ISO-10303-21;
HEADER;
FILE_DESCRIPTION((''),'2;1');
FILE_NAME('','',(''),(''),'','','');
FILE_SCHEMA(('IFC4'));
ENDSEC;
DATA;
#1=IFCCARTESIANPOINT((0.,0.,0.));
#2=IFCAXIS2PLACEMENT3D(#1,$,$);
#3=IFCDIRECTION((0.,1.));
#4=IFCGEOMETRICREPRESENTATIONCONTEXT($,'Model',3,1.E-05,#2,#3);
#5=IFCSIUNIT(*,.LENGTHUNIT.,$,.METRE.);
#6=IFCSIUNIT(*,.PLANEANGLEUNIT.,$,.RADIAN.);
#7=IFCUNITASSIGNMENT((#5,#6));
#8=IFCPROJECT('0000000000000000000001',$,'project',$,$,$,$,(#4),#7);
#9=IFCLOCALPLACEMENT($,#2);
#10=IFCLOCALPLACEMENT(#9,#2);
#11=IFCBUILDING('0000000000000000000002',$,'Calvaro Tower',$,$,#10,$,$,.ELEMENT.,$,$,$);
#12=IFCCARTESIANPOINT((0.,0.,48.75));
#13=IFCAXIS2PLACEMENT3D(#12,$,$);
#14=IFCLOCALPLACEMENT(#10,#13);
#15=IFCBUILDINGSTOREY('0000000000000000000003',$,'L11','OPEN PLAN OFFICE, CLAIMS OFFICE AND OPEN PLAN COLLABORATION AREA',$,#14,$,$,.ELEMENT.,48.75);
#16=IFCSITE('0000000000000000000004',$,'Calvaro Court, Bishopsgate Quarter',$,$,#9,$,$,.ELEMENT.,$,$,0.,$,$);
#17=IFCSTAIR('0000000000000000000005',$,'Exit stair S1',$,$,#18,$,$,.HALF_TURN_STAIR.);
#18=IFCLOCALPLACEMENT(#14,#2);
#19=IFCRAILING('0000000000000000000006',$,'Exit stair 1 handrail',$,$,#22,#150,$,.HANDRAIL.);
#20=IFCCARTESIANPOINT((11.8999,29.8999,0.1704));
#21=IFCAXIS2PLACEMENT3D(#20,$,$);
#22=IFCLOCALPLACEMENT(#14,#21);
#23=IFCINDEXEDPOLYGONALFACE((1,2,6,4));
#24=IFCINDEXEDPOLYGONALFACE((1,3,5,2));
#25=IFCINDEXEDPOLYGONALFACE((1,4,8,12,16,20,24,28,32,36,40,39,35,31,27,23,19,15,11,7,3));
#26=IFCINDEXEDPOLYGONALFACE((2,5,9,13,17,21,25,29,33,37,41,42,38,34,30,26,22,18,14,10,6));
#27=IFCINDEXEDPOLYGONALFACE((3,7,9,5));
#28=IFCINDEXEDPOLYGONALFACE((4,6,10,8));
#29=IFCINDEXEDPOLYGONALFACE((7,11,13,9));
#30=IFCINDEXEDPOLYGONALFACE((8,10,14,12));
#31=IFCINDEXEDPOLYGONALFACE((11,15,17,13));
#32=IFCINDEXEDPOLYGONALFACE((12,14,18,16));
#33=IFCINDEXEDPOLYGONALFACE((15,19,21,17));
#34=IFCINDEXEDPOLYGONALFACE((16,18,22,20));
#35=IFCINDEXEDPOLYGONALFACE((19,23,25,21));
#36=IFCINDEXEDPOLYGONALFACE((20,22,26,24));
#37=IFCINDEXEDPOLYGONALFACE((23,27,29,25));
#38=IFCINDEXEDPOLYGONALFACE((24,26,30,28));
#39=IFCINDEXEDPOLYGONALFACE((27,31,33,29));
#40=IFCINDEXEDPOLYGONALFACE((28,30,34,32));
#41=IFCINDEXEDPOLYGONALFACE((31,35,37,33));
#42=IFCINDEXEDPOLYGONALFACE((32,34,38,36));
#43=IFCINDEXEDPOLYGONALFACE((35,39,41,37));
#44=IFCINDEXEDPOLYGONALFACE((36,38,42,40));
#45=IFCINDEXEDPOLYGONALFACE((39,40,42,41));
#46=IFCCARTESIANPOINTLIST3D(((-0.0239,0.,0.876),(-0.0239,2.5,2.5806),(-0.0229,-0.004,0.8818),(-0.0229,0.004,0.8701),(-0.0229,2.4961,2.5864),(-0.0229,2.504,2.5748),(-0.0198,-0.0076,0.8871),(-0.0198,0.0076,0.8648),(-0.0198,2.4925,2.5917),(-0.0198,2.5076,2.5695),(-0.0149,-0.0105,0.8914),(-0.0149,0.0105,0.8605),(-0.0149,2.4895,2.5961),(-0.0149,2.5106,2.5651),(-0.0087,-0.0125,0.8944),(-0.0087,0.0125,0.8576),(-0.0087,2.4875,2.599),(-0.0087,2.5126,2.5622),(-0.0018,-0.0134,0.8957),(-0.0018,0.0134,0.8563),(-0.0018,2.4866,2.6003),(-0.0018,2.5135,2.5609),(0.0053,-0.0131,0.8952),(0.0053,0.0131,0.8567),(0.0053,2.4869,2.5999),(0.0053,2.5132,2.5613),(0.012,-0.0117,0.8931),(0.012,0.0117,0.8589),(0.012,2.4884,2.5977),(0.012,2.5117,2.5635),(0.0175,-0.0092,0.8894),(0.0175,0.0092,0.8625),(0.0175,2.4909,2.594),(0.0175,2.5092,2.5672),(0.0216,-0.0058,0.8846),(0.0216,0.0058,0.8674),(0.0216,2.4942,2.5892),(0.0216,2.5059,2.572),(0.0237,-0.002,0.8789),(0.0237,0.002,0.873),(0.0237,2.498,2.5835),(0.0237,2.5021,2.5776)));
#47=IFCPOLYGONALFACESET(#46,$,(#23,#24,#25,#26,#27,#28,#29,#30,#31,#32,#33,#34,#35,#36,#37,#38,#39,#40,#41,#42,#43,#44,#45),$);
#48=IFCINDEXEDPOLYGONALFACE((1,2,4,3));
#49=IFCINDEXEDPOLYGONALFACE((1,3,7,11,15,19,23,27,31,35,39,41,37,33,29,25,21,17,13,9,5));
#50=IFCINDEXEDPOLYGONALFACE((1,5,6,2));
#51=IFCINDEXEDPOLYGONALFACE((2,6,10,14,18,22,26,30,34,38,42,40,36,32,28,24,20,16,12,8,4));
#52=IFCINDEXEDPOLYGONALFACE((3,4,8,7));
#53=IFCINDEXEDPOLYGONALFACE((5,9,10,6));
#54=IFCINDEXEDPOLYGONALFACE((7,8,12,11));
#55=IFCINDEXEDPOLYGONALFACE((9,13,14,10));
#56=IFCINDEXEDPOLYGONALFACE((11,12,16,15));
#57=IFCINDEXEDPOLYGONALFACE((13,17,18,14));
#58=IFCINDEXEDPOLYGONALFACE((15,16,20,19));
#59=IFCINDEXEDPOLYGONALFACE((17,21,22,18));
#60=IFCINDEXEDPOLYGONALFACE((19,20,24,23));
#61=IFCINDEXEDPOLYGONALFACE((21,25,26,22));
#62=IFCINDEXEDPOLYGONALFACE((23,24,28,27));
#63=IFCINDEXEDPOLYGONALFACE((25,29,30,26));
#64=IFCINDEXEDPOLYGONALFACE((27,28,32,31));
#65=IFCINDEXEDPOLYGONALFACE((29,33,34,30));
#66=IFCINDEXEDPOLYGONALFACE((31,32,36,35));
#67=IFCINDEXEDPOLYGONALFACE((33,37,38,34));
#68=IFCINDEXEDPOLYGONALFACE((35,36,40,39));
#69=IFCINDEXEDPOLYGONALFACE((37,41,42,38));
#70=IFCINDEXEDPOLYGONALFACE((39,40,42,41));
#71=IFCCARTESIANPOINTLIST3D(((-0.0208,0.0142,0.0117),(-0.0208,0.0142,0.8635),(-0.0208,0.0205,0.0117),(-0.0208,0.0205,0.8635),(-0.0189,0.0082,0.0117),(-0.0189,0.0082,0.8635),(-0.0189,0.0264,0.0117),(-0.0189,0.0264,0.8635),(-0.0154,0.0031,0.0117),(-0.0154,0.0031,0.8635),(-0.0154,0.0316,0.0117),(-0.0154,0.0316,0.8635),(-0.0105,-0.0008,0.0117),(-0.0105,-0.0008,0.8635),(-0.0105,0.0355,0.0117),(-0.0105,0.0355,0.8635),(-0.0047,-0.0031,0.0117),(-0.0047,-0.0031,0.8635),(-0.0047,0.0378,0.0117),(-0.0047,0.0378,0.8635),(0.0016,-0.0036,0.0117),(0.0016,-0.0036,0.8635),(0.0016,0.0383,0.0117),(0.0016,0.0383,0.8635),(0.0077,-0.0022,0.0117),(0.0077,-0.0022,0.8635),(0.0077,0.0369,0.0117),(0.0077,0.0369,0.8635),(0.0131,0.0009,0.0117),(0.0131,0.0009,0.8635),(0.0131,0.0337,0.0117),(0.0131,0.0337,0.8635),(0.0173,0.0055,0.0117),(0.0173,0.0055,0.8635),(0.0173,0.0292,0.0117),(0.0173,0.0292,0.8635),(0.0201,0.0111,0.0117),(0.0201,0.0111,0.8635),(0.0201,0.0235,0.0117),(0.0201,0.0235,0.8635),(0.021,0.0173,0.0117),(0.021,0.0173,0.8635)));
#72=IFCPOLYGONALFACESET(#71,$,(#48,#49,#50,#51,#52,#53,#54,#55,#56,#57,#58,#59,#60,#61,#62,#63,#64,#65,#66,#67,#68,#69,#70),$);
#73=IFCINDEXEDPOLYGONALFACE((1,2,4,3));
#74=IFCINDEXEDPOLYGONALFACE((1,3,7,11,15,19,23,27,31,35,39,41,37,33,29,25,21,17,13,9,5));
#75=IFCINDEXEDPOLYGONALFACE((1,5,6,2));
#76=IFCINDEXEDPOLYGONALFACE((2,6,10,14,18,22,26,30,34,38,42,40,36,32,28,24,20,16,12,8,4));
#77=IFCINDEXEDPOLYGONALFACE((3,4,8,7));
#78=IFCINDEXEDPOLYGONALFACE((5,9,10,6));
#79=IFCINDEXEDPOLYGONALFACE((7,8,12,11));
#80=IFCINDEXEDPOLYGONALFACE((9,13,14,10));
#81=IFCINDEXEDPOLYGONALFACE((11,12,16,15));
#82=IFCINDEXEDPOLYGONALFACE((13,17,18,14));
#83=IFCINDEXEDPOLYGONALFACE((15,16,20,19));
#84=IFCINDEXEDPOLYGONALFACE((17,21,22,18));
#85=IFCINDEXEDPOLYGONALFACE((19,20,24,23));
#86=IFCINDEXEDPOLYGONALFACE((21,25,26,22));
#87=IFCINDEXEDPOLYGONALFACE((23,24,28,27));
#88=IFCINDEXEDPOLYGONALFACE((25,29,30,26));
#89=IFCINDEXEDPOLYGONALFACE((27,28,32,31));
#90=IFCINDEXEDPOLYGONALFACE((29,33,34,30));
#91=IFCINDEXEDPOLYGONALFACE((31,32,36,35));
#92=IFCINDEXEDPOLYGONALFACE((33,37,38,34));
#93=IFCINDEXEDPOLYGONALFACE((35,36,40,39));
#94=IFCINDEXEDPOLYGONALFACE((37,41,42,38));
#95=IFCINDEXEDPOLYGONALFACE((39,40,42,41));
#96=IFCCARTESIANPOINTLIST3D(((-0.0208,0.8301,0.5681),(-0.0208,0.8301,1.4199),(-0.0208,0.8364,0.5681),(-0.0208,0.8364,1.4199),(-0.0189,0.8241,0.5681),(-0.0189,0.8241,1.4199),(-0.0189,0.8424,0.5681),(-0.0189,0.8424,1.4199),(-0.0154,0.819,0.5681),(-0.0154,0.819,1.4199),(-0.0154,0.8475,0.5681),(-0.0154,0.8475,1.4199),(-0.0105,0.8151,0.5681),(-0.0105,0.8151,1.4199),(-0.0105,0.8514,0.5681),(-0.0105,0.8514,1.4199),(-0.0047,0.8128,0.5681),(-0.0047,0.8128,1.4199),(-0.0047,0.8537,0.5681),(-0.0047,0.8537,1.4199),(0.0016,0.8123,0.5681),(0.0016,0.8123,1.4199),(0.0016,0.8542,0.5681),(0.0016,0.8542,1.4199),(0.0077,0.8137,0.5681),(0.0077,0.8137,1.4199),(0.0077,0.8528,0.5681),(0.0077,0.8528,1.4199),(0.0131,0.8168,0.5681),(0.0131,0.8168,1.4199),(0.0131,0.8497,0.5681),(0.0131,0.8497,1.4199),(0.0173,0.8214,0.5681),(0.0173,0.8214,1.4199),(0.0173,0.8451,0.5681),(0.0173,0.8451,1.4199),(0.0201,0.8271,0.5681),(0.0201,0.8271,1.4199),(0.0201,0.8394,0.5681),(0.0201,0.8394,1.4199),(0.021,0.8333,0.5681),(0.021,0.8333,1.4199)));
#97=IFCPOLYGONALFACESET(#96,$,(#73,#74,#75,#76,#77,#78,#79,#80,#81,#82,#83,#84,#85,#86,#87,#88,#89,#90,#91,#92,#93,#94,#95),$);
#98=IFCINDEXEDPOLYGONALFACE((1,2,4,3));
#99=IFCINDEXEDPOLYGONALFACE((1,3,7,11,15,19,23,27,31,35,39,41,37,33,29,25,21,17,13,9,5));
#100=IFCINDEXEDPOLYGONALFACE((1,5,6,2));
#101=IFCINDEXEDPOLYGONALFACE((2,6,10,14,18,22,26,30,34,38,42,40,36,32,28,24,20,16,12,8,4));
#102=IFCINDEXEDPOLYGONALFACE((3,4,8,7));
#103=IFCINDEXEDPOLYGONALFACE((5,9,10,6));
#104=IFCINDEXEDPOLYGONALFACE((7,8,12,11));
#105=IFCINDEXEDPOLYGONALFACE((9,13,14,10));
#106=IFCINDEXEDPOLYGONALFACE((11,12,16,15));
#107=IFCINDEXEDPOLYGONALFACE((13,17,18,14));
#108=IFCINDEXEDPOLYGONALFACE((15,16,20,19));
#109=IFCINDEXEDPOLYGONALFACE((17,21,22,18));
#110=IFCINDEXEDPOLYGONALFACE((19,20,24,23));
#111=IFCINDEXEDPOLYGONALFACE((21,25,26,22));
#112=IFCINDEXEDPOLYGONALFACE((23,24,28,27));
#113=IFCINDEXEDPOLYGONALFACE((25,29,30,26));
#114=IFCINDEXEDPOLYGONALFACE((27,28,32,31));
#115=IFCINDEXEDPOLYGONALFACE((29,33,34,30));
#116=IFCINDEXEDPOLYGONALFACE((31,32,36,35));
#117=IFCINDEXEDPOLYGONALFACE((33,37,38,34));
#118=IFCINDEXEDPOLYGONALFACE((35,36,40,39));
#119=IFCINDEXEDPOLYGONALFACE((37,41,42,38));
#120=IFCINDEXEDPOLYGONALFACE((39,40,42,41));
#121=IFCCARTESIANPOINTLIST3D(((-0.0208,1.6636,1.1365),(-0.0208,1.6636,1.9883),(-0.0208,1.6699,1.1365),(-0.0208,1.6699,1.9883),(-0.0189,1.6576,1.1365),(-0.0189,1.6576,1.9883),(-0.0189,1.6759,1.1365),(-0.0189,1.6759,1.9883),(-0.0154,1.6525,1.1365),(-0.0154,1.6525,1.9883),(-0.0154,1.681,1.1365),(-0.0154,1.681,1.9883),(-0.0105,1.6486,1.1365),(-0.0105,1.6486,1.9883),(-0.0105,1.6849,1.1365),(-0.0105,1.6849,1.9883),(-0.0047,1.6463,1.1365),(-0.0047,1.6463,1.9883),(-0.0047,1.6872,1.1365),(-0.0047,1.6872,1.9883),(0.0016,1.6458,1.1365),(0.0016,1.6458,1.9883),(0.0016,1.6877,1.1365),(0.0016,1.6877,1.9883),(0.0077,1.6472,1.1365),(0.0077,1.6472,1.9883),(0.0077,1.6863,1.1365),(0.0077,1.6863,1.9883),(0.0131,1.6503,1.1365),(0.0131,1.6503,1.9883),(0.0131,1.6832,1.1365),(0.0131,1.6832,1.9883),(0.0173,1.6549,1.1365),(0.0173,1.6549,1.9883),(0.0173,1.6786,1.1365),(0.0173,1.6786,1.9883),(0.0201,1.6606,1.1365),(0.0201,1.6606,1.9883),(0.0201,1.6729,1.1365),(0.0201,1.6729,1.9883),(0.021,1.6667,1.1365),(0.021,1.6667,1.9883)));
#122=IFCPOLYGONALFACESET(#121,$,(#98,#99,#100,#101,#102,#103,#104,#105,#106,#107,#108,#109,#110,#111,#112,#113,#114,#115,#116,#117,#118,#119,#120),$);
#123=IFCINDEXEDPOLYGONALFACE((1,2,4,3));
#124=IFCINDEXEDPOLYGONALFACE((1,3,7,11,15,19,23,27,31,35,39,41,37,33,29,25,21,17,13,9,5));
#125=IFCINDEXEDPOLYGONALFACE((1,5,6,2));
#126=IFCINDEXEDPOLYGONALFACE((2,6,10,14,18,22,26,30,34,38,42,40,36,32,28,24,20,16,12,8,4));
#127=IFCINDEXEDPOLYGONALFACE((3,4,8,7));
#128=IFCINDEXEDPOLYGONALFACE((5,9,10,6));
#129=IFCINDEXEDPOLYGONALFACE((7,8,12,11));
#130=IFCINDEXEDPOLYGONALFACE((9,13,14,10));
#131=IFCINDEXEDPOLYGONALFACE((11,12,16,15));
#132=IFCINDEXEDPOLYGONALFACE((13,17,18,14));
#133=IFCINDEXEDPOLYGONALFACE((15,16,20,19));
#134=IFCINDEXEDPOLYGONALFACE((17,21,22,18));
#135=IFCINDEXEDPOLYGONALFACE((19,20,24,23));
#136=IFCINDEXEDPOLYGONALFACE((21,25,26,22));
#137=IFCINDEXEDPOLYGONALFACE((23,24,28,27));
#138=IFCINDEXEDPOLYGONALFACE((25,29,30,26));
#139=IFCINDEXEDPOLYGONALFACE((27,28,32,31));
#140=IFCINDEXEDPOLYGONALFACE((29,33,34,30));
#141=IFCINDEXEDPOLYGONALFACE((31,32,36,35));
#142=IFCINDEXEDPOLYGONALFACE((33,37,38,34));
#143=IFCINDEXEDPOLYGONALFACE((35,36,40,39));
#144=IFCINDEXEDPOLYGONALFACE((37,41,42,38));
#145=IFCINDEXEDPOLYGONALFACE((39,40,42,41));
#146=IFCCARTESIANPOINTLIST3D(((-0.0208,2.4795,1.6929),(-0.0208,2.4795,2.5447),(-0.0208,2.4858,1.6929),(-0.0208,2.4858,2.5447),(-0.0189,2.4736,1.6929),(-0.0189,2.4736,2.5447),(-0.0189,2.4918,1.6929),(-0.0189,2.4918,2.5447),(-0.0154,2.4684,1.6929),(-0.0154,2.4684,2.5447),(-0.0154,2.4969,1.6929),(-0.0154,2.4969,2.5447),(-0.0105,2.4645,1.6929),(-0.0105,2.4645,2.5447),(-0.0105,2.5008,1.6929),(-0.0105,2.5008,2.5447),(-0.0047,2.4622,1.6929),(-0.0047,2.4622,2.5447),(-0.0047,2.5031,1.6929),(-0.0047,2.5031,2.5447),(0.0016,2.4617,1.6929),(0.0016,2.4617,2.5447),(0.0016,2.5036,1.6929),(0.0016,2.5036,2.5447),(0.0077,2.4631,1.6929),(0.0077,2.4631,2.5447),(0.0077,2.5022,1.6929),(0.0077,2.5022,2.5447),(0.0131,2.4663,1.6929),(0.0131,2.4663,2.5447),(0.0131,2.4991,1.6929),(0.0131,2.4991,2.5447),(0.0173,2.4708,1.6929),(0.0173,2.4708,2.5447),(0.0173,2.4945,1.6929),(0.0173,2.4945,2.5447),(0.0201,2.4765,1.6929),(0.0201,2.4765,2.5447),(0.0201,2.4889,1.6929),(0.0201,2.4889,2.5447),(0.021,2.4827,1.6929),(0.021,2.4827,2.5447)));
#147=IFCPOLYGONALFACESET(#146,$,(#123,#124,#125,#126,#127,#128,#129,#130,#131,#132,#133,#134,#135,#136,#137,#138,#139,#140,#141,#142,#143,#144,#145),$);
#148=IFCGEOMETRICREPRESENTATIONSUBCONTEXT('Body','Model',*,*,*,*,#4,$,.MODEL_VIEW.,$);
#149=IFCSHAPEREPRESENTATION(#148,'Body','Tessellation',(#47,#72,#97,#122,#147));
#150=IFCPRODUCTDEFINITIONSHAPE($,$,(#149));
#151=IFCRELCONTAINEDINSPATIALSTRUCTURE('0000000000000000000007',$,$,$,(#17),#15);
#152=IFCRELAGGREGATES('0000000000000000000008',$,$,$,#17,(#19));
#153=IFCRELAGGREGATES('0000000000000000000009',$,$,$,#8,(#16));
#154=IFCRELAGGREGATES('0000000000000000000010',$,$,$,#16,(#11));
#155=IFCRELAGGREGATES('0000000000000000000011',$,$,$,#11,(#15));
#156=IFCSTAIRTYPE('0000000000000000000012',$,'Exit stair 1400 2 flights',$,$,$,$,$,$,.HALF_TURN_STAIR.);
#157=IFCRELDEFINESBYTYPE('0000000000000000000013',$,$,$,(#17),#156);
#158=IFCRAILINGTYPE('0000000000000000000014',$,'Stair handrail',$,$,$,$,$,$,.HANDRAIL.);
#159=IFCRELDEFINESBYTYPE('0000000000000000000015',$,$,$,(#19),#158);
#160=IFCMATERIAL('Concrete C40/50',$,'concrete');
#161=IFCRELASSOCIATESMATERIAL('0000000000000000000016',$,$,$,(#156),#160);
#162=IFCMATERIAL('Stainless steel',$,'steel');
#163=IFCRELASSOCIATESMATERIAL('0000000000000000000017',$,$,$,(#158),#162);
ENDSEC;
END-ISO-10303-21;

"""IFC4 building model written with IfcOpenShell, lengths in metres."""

from ifc_helpers import new_model, si_unit, direction, frame, origin, origin_2d, place, context, subcontext, project, spatial, circle, extrude, material, type_object, element, aggregate, save


model = new_model("IFC4")

# Units and contexts
model_context = context("Model", 3, precision=1e-05, world=origin(), true_north=direction((0.0, 1.0)))
body_context = subcontext(model_context, "Body", "Model", "MODEL_VIEW")
ifc_project = project(units=[si_unit("LENGTHUNIT", "METRE"), si_unit("PLANEANGLEUNIT", "RADIAN")], contexts=[model_context])

# Site, building, storey
site_placement = place(None, origin())
site = spatial("IfcSite", under=ifc_project, at=site_placement, Name="Calvaro Court, Bishopsgate Quarter", CompositionType="ELEMENT", RefElevation=0.0)
building_placement = place(site_placement, origin())
building = spatial("IfcBuilding", under=site, at=building_placement, Name="Calvaro Tower", CompositionType="ELEMENT")
storey_placement = place(building_placement, frame((0.0, 0.0, 48.75)))
storey = spatial("IfcBuildingStorey", under=building, at=storey_placement, Name="L11", Description="OPEN PLAN OFFICE, CLAIMS OFFICE AND OPEN PLAN COLLABORATION AREA", CompositionType="ELEMENT", Elevation=48.75)

# Stair, railing
ifc_material_1 = material(Name="Concrete C40/50", Category="concrete")
stair_type = type_object("IfcStairType", Name="Exit stair 1400 2 flights", PredefinedType="HALF_TURN_STAIR", material=ifc_material_1)
stair_placement = place(storey_placement, origin())
stair = element("IfcStair", 1, at=stair_placement, inside=storey, type_object=stair_type, Name="Exit stair S1", PredefinedType="HALF_TURN_STAIR")
ifc_material_2 = material(Name="Stainless steel", Category="steel")
railing_type = type_object("IfcRailingType", Name="Stair handrail", PredefinedType="HANDRAIL", material=ifc_material_2)
railing_1_placement = place(storey_placement, frame((11.8999, 29.8999, 0.1704)))
railing_1 = element("IfcRailing", 2, at=railing_1_placement, type_object=railing_type, Name="Exit stair 1 handrail", PredefinedType="HANDRAIL", context=body_context, shape_type="SweptSolid", body=[
    extrude(circle(Radius=0.0239, at=origin_2d()), frame((0.0, 0.0, 0.876), z_axis=(0.0, 0.826221, 0.563347), x_axis=(-1.0, 0.0, 0.0)), (0.0, 0.0, 1.0), 3.0259),
    extrude(circle(Radius=0.021, at=origin_2d()), frame((0.0, 0.0173, 0.0117)), (0.0, 0.0, 1.0), 0.8518),
    extrude(circle(Radius=0.021, at=origin_2d()), frame((0.0, 0.8333, 0.5681)), (0.0, 0.0, 1.0), 0.8518),
    extrude(circle(Radius=0.021, at=origin_2d()), frame((0.0, 1.6667, 1.1365)), (0.0, 0.0, 1.0), 0.8518),
    extrude(circle(Radius=0.021, at=origin_2d()), frame((0.0, 2.4827, 1.6929)), (0.0, 0.0, 1.0), 0.8518),
])
aggregate(stair, [railing_1])

save(model, "model.ifc")
